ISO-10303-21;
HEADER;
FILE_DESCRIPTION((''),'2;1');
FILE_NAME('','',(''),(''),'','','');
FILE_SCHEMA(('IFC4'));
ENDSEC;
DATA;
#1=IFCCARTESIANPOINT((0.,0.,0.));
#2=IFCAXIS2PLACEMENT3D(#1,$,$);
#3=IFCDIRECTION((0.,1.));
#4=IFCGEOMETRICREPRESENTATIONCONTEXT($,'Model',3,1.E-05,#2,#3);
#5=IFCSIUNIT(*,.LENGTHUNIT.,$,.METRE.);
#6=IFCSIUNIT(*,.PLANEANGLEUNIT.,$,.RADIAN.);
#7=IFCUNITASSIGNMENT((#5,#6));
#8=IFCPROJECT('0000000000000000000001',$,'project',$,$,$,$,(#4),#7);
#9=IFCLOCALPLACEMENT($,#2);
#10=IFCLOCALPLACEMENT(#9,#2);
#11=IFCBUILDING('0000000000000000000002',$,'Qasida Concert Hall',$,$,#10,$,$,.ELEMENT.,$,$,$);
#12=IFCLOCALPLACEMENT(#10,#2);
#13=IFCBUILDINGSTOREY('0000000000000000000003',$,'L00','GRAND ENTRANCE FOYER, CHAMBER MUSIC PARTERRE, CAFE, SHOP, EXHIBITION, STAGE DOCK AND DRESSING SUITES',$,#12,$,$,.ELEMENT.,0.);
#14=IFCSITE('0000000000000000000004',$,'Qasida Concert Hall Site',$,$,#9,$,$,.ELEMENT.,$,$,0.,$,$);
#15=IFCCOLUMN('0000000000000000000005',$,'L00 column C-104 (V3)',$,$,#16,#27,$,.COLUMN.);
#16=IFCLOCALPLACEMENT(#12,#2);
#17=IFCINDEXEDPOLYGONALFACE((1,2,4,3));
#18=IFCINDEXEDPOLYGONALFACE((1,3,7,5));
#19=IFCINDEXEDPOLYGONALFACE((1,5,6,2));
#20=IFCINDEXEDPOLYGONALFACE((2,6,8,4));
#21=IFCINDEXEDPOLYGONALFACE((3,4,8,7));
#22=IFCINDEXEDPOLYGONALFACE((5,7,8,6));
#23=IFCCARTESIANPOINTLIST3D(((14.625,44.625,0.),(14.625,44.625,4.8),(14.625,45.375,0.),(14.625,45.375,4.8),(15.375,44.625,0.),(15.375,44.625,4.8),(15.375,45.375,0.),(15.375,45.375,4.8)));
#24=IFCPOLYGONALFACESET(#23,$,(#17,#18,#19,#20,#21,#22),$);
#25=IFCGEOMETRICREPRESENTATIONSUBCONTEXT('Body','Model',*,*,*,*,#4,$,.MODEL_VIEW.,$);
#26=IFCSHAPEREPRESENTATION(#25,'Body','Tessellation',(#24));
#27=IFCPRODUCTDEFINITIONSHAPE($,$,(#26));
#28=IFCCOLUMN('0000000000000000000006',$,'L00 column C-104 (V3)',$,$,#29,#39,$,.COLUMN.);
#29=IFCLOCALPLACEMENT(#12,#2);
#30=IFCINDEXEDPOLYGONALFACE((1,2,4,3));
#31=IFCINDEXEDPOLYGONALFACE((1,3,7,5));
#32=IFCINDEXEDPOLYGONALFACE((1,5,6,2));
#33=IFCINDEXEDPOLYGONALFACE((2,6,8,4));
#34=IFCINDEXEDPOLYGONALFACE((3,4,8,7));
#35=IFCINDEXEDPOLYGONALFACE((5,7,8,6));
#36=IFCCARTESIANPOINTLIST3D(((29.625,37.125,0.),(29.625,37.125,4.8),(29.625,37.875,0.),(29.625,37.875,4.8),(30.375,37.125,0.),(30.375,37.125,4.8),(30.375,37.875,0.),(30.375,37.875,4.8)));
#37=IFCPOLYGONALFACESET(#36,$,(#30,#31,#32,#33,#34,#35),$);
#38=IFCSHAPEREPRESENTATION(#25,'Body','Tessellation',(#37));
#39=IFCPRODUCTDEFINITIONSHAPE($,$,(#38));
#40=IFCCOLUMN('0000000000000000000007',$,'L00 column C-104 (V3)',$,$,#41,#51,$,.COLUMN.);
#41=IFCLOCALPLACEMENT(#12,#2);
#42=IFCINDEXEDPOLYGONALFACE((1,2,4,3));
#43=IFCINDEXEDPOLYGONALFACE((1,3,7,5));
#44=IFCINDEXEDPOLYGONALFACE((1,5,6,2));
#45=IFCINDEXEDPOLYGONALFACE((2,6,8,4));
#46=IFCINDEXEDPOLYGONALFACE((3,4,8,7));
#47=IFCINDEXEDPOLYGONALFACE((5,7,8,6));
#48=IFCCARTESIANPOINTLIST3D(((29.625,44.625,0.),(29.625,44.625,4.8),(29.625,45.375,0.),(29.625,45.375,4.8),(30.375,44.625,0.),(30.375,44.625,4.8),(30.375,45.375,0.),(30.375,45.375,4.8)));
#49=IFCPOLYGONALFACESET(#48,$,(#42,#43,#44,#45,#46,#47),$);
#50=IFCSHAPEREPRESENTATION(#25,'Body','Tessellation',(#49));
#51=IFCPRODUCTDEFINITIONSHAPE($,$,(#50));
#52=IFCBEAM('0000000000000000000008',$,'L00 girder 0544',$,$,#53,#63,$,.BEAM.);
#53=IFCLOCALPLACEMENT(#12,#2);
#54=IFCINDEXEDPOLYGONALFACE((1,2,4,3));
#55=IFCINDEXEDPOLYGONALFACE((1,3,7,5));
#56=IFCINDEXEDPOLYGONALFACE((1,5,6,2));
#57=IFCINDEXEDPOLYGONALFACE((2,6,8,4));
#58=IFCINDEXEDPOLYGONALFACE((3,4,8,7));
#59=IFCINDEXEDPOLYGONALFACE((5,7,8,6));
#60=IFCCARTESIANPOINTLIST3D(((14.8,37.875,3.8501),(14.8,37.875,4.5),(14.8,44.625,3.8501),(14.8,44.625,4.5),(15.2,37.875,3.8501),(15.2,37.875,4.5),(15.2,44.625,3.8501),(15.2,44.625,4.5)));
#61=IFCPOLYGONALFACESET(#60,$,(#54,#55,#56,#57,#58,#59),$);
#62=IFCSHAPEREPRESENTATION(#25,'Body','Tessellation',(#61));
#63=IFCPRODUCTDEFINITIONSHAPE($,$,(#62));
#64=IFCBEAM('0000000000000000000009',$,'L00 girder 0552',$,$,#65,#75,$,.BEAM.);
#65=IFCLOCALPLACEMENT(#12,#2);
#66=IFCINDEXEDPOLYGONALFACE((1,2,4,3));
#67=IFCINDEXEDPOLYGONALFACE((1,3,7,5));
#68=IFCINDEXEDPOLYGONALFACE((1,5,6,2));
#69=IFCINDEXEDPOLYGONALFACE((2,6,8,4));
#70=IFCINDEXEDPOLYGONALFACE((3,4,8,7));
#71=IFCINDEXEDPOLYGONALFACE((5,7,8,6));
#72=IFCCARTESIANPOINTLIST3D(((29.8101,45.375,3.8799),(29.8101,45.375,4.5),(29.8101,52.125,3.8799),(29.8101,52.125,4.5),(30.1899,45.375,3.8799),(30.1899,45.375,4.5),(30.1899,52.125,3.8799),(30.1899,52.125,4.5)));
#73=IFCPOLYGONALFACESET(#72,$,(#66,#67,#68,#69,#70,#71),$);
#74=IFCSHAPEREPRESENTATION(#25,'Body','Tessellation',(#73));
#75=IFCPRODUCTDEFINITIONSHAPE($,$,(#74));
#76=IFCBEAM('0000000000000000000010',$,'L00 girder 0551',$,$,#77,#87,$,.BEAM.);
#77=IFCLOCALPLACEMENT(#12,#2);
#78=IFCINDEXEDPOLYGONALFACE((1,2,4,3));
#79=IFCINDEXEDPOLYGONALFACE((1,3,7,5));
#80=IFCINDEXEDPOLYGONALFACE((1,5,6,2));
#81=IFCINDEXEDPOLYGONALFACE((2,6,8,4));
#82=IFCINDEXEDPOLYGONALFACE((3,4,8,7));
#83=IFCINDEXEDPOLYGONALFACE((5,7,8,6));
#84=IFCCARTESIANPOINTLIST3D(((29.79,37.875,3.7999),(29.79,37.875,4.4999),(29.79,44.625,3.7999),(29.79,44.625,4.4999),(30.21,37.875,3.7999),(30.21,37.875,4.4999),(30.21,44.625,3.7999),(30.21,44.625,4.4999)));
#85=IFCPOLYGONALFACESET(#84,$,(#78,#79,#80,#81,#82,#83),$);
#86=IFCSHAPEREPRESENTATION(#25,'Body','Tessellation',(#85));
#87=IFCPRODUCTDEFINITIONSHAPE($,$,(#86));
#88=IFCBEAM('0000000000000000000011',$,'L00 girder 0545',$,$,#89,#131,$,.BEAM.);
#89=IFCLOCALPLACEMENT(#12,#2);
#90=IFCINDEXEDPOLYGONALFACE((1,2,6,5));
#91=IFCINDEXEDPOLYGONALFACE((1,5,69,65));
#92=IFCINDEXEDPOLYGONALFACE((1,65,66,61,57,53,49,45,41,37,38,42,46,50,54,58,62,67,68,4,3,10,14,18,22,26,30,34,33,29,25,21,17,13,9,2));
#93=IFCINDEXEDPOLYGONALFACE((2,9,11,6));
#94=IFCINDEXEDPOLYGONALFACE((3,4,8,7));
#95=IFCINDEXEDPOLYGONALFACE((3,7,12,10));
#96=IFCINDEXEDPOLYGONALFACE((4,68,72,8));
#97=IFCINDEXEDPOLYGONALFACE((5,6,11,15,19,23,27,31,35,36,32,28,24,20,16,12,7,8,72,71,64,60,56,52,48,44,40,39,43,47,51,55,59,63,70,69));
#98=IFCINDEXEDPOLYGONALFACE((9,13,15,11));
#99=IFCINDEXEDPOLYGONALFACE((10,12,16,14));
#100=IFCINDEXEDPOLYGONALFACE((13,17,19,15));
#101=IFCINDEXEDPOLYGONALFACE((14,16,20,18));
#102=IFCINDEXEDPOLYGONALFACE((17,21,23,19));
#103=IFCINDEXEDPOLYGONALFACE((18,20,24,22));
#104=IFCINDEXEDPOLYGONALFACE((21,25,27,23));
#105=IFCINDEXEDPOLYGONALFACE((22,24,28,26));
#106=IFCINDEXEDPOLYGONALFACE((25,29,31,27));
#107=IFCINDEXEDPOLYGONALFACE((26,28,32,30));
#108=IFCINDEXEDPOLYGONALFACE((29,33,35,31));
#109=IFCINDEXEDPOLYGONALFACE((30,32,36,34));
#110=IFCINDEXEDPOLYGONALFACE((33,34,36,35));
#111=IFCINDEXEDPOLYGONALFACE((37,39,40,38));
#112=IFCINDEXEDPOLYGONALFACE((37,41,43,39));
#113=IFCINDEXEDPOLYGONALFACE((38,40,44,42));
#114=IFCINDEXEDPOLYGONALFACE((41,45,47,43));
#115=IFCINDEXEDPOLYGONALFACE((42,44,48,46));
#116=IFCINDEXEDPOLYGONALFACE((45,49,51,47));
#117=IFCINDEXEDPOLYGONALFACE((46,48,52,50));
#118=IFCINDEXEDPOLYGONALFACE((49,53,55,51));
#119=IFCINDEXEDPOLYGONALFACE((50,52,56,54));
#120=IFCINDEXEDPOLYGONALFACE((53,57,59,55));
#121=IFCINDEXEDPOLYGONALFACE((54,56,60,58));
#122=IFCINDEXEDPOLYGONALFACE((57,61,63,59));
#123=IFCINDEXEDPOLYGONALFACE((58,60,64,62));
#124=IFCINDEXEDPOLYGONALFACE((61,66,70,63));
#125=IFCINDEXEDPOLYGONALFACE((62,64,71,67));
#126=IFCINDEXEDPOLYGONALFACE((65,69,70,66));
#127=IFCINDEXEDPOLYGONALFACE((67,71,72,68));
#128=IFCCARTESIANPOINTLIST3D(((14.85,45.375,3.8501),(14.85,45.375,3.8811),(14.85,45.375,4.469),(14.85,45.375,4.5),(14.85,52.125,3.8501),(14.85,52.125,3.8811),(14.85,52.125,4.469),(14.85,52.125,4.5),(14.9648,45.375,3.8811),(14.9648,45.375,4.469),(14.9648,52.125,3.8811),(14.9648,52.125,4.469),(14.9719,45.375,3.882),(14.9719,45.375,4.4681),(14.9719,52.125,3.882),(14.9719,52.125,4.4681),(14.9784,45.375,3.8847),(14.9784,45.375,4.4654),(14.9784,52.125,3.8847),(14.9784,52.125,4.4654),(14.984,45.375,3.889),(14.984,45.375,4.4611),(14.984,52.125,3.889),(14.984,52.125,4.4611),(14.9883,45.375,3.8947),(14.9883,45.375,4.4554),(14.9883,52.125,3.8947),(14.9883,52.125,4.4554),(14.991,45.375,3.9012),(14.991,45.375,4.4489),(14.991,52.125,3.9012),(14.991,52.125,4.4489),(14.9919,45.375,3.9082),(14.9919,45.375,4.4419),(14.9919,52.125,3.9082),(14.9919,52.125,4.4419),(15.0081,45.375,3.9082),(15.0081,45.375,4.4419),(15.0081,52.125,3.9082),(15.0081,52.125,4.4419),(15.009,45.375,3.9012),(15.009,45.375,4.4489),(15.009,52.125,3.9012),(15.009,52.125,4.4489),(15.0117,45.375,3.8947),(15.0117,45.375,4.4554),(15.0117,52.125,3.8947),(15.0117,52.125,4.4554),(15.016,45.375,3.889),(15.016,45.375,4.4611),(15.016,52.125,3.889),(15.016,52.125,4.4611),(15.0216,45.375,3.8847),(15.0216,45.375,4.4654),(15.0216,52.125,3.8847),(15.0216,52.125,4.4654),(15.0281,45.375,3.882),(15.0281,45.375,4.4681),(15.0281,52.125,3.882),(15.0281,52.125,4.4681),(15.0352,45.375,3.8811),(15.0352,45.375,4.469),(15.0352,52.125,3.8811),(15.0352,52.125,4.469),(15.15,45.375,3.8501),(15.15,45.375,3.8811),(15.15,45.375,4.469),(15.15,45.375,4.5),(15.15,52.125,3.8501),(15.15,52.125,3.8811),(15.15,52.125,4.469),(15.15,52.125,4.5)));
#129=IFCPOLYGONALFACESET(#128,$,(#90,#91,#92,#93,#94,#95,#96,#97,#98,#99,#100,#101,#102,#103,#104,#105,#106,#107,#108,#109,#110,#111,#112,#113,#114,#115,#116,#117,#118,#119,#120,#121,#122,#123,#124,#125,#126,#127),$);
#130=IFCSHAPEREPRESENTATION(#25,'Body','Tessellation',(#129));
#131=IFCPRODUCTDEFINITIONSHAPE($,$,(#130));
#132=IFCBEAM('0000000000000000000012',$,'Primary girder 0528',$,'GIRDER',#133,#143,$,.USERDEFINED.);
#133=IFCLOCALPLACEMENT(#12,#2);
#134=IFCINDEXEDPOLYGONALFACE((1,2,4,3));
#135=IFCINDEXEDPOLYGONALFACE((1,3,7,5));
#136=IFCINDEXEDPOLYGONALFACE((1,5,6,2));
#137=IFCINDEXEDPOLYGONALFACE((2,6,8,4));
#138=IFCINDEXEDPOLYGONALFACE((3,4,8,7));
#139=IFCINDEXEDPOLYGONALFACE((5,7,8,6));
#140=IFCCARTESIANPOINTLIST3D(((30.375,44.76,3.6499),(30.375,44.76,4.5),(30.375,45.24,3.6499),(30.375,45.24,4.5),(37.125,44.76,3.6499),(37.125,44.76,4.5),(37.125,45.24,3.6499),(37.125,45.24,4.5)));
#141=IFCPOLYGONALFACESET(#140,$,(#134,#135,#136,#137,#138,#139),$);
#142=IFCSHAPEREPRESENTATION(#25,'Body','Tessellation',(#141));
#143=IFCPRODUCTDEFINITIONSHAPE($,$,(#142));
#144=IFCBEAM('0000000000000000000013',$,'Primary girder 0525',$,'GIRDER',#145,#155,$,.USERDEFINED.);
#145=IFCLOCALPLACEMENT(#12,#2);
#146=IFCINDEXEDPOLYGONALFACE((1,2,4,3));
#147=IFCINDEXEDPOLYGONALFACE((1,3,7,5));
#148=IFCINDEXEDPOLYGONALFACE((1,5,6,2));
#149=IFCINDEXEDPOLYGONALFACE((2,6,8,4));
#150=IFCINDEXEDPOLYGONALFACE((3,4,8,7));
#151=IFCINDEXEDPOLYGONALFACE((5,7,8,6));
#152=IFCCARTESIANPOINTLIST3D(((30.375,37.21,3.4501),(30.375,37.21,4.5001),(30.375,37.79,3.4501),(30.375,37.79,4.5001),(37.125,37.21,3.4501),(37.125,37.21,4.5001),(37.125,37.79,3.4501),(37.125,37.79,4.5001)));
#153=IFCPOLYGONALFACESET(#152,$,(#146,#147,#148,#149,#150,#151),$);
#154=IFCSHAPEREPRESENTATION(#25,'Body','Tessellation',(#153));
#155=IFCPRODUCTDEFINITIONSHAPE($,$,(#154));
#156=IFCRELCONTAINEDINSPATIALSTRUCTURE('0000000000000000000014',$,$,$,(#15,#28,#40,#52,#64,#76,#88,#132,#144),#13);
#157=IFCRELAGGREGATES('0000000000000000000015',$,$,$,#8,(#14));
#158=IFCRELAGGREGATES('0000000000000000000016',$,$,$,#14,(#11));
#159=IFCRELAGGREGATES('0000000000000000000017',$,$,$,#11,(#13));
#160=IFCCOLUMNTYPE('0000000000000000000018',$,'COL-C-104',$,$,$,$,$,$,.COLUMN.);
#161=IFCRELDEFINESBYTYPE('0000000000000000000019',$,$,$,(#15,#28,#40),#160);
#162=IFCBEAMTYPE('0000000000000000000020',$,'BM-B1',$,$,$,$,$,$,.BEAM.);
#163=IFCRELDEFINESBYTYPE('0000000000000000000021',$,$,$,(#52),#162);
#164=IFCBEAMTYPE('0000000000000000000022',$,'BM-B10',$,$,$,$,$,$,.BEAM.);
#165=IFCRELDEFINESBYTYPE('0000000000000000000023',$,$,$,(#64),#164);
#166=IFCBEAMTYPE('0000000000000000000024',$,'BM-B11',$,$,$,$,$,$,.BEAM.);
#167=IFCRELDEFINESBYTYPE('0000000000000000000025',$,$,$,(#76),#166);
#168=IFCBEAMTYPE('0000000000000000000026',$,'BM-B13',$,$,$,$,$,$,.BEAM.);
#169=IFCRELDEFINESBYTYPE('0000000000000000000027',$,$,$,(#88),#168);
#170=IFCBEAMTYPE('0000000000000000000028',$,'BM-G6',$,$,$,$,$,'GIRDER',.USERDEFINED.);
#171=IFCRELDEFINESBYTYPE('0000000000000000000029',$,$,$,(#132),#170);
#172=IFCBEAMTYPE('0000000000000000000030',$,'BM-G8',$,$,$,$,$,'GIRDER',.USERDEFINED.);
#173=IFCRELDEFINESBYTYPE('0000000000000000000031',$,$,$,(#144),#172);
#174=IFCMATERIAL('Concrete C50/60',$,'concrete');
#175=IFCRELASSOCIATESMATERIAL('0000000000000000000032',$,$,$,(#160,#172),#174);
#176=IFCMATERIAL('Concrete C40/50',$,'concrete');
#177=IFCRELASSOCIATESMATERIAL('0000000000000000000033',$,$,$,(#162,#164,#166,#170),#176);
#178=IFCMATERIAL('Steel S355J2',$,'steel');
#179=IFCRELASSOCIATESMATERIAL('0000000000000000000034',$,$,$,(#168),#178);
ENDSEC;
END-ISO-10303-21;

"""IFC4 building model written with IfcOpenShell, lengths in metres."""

from ifc_helpers import new_model, si_unit, direction, frame, origin, origin_2d, place, context, subcontext, project, spatial, rectangle, i_section, extrude, material, material_profile, profile_set, type_object, element, save


model = new_model("IFC4")

# Units and contexts
model_context = context("Model", 3, precision=1e-05, world=origin(), true_north=direction((0.0, 1.0)))
body_context = subcontext(model_context, "Body", "Model", "MODEL_VIEW")
ifc_project = project(units=[si_unit("LENGTHUNIT", "METRE"), si_unit("PLANEANGLEUNIT", "RADIAN")], contexts=[model_context])

# Site, building, storey
site_placement = place(None, origin())
site = spatial("IfcSite", under=ifc_project, at=site_placement, Name="Qasida Concert Hall Site", CompositionType="ELEMENT", RefElevation=0.0)
building_placement = place(site_placement, origin())
building = spatial("IfcBuilding", under=site, at=building_placement, Name="Qasida Concert Hall", CompositionType="ELEMENT")
storey_placement = place(building_placement, origin())
storey = spatial("IfcBuildingStorey", under=building, at=storey_placement, Name="L00", Description="GRAND ENTRANCE FOYER, CHAMBER MUSIC PARTERRE, CAFE, SHOP, EXHIBITION, STAGE DOCK AND DRESSING SUITES", CompositionType="ELEMENT", Elevation=0.0)

# Columns
ifc_material_1 = material(Name="Concrete C50/60", Category="concrete")
ifc_material_profile_1 = material_profile(ifc_material_1, rectangle(XDim=0.75, YDim=0.75, at=origin_2d()), Name="RC 750x750")
ifc_profile_set_1 = profile_set([ifc_material_profile_1], Name="Concrete C50/60")
column_type = type_object("IfcColumnType", Name="COL-C-104", PredefinedType="COLUMN", material=ifc_profile_set_1)
for number, where, z_axis, x_axis, name in (
    (1, (15.0, 45.0, 0.0), (0.0, 0.0, 1.0), (1.0, 0.0, 0.0), "L00 column C-104 (V3)"),
    (2, (30.0, 37.5, 0.0), (0.0, 0.0, 1.0), (1.0, 0.0, 0.0), "L00 column C-104 (V3)"),
    (3, (30.0, 45.0, 0.0), (0.0, 0.0, 1.0), (1.0, 0.0, 0.0), "L00 column C-104 (V3)"),
):
    element("IfcColumn", number, at=place(storey_placement, frame(where, z_axis=z_axis, x_axis=x_axis)), inside=storey, type_object=column_type, Name=name, PredefinedType="COLUMN", context=body_context, shape_type="SweptSolid", body=[
        extrude(rectangle(XDim=0.75, YDim=0.75, at=origin_2d()), origin(), (0.0, 0.0, 1.0), 4.8),
    ])

# Beams
ifc_material_2 = material(Name="Concrete C40/50", Category="concrete")
ifc_material_profile_2 = material_profile(ifc_material_2, rectangle(XDim=0.3999, YDim=0.6499, at=origin_2d()), Name="RC 400x650")
ifc_profile_set_2 = profile_set([ifc_material_profile_2], Name="Concrete C40/50")
beam_type_1 = type_object("IfcBeamType", Name="BM-B1", PredefinedType="BEAM", material=ifc_profile_set_2)
beam_1_placement = place(storey_placement, frame((15.0, 37.875, 4.175), z_axis=(0.0, 1.0, 0.0), x_axis=(-1.0, 0.0, 0.0)))
element("IfcBeam", 4, at=beam_1_placement, inside=storey, type_object=beam_type_1, Name="L00 girder 0544", PredefinedType="BEAM", context=body_context, shape_type="SweptSolid", body=[
    extrude(rectangle(XDim=0.3999, YDim=0.6499, at=origin_2d()), origin(), (0.0, 0.0, 1.0), 6.75),
])
ifc_material_profile_3 = material_profile(ifc_material_2, rectangle(XDim=0.3799, YDim=0.6201, at=origin_2d()), Name="RC 380x620")
ifc_profile_set_3 = profile_set([ifc_material_profile_3], Name="Concrete C40/50")
beam_type_2 = type_object("IfcBeamType", Name="BM-B10", PredefinedType="BEAM", material=ifc_profile_set_3)
beam_2_placement = place(storey_placement, frame((30.0, 45.375, 4.1899), z_axis=(0.0, 1.0, 0.0), x_axis=(-1.0, 0.0, 0.0)))
element("IfcBeam", 5, at=beam_2_placement, inside=storey, type_object=beam_type_2, Name="L00 girder 0552", PredefinedType="BEAM", context=body_context, shape_type="SweptSolid", body=[
    extrude(rectangle(XDim=0.3799, YDim=0.6201, at=origin_2d()), origin(), (0.0, 0.0, 1.0), 6.75),
])
ifc_material_profile_4 = material_profile(ifc_material_2, rectangle(XDim=0.4199, YDim=0.7, at=origin_2d()), Name="RC 420x700")
ifc_profile_set_4 = profile_set([ifc_material_profile_4], Name="Concrete C40/50")
beam_type_3 = type_object("IfcBeamType", Name="BM-B11", PredefinedType="BEAM", material=ifc_profile_set_4)
beam_3_placement = place(storey_placement, frame((30.0, 37.875, 4.1499), z_axis=(0.0, 1.0, 0.0), x_axis=(-1.0, 0.0, 0.0)))
element("IfcBeam", 6, at=beam_3_placement, inside=storey, type_object=beam_type_3, Name="L00 girder 0551", PredefinedType="BEAM", context=body_context, shape_type="SweptSolid", body=[
    extrude(rectangle(XDim=0.4199, YDim=0.7, at=origin_2d()), origin(), (0.0, 0.0, 1.0), 6.75),
])
ifc_material_3 = material(Name="Steel S355J2", Category="steel")
ifc_material_profile_5 = material_profile(ifc_material_3, i_section(OverallWidth=0.3, OverallDepth=0.6499, WebThickness=0.0161, FlangeThickness=0.031, FilletRadius=0.0271, at=origin_2d()), Name="HEB 650")
ifc_profile_set_5 = profile_set([ifc_material_profile_5], Name="Steel S355J2")
beam_type_4 = type_object("IfcBeamType", Name="BM-B13", PredefinedType="BEAM", material=ifc_profile_set_5)
beam_4_placement = place(storey_placement, frame((15.0, 45.375, 4.175), z_axis=(0.0, 1.0, 0.0), x_axis=(-1.0, 0.0, 0.0)))
element("IfcBeam", 7, at=beam_4_placement, inside=storey, type_object=beam_type_4, Name="L00 girder 0545", PredefinedType="BEAM", context=body_context, shape_type="SweptSolid", body=[
    extrude(i_section(OverallWidth=0.3, OverallDepth=0.6499, WebThickness=0.0161, FlangeThickness=0.031, FilletRadius=0.0271, at=origin_2d()), origin(), (0.0, 0.0, 1.0), 6.75),
])
ifc_material_profile_6 = material_profile(ifc_material_2, rectangle(XDim=0.48, YDim=0.8501, at=origin_2d()), Name="RC 480x850")
ifc_profile_set_6 = profile_set([ifc_material_profile_6], Name="Concrete C40/50")
beam_type_5 = type_object("IfcBeamType", Name="BM-G6", ElementType="GIRDER", PredefinedType="USERDEFINED", material=ifc_profile_set_6)
beam_5_placement = place(storey_placement, frame((30.375, 45.0, 4.075), z_axis=(1.0, 0.0, 0.0), x_axis=(0.0, 1.0, 0.0)))
element("IfcBeam", 8, at=beam_5_placement, inside=storey, type_object=beam_type_5, Name="Primary girder 0528", ObjectType="GIRDER", PredefinedType="USERDEFINED", context=body_context, shape_type="SweptSolid", body=[
    extrude(rectangle(XDim=0.48, YDim=0.8501, at=origin_2d()), origin(), (0.0, 0.0, 1.0), 6.75),
])
ifc_material_profile_7 = material_profile(ifc_material_1, rectangle(XDim=0.5801, YDim=1.05, at=origin_2d()), Name="RC 580x1050")
ifc_profile_set_7 = profile_set([ifc_material_profile_7], Name="Concrete C50/60")
beam_type_6 = type_object("IfcBeamType", Name="BM-G8", ElementType="GIRDER", PredefinedType="USERDEFINED", material=ifc_profile_set_7)
beam_6_placement = place(storey_placement, frame((30.375, 37.5, 3.9751), z_axis=(1.0, 0.0, 0.0), x_axis=(0.0, 1.0, 0.0)))
element("IfcBeam", 9, at=beam_6_placement, inside=storey, type_object=beam_type_6, Name="Primary girder 0525", ObjectType="GIRDER", PredefinedType="USERDEFINED", context=body_context, shape_type="SweptSolid", body=[
    extrude(rectangle(XDim=0.5801, YDim=1.05, at=origin_2d()), origin(), (0.0, 0.0, 1.0), 6.75),
])

save(model, "model.ifc")
